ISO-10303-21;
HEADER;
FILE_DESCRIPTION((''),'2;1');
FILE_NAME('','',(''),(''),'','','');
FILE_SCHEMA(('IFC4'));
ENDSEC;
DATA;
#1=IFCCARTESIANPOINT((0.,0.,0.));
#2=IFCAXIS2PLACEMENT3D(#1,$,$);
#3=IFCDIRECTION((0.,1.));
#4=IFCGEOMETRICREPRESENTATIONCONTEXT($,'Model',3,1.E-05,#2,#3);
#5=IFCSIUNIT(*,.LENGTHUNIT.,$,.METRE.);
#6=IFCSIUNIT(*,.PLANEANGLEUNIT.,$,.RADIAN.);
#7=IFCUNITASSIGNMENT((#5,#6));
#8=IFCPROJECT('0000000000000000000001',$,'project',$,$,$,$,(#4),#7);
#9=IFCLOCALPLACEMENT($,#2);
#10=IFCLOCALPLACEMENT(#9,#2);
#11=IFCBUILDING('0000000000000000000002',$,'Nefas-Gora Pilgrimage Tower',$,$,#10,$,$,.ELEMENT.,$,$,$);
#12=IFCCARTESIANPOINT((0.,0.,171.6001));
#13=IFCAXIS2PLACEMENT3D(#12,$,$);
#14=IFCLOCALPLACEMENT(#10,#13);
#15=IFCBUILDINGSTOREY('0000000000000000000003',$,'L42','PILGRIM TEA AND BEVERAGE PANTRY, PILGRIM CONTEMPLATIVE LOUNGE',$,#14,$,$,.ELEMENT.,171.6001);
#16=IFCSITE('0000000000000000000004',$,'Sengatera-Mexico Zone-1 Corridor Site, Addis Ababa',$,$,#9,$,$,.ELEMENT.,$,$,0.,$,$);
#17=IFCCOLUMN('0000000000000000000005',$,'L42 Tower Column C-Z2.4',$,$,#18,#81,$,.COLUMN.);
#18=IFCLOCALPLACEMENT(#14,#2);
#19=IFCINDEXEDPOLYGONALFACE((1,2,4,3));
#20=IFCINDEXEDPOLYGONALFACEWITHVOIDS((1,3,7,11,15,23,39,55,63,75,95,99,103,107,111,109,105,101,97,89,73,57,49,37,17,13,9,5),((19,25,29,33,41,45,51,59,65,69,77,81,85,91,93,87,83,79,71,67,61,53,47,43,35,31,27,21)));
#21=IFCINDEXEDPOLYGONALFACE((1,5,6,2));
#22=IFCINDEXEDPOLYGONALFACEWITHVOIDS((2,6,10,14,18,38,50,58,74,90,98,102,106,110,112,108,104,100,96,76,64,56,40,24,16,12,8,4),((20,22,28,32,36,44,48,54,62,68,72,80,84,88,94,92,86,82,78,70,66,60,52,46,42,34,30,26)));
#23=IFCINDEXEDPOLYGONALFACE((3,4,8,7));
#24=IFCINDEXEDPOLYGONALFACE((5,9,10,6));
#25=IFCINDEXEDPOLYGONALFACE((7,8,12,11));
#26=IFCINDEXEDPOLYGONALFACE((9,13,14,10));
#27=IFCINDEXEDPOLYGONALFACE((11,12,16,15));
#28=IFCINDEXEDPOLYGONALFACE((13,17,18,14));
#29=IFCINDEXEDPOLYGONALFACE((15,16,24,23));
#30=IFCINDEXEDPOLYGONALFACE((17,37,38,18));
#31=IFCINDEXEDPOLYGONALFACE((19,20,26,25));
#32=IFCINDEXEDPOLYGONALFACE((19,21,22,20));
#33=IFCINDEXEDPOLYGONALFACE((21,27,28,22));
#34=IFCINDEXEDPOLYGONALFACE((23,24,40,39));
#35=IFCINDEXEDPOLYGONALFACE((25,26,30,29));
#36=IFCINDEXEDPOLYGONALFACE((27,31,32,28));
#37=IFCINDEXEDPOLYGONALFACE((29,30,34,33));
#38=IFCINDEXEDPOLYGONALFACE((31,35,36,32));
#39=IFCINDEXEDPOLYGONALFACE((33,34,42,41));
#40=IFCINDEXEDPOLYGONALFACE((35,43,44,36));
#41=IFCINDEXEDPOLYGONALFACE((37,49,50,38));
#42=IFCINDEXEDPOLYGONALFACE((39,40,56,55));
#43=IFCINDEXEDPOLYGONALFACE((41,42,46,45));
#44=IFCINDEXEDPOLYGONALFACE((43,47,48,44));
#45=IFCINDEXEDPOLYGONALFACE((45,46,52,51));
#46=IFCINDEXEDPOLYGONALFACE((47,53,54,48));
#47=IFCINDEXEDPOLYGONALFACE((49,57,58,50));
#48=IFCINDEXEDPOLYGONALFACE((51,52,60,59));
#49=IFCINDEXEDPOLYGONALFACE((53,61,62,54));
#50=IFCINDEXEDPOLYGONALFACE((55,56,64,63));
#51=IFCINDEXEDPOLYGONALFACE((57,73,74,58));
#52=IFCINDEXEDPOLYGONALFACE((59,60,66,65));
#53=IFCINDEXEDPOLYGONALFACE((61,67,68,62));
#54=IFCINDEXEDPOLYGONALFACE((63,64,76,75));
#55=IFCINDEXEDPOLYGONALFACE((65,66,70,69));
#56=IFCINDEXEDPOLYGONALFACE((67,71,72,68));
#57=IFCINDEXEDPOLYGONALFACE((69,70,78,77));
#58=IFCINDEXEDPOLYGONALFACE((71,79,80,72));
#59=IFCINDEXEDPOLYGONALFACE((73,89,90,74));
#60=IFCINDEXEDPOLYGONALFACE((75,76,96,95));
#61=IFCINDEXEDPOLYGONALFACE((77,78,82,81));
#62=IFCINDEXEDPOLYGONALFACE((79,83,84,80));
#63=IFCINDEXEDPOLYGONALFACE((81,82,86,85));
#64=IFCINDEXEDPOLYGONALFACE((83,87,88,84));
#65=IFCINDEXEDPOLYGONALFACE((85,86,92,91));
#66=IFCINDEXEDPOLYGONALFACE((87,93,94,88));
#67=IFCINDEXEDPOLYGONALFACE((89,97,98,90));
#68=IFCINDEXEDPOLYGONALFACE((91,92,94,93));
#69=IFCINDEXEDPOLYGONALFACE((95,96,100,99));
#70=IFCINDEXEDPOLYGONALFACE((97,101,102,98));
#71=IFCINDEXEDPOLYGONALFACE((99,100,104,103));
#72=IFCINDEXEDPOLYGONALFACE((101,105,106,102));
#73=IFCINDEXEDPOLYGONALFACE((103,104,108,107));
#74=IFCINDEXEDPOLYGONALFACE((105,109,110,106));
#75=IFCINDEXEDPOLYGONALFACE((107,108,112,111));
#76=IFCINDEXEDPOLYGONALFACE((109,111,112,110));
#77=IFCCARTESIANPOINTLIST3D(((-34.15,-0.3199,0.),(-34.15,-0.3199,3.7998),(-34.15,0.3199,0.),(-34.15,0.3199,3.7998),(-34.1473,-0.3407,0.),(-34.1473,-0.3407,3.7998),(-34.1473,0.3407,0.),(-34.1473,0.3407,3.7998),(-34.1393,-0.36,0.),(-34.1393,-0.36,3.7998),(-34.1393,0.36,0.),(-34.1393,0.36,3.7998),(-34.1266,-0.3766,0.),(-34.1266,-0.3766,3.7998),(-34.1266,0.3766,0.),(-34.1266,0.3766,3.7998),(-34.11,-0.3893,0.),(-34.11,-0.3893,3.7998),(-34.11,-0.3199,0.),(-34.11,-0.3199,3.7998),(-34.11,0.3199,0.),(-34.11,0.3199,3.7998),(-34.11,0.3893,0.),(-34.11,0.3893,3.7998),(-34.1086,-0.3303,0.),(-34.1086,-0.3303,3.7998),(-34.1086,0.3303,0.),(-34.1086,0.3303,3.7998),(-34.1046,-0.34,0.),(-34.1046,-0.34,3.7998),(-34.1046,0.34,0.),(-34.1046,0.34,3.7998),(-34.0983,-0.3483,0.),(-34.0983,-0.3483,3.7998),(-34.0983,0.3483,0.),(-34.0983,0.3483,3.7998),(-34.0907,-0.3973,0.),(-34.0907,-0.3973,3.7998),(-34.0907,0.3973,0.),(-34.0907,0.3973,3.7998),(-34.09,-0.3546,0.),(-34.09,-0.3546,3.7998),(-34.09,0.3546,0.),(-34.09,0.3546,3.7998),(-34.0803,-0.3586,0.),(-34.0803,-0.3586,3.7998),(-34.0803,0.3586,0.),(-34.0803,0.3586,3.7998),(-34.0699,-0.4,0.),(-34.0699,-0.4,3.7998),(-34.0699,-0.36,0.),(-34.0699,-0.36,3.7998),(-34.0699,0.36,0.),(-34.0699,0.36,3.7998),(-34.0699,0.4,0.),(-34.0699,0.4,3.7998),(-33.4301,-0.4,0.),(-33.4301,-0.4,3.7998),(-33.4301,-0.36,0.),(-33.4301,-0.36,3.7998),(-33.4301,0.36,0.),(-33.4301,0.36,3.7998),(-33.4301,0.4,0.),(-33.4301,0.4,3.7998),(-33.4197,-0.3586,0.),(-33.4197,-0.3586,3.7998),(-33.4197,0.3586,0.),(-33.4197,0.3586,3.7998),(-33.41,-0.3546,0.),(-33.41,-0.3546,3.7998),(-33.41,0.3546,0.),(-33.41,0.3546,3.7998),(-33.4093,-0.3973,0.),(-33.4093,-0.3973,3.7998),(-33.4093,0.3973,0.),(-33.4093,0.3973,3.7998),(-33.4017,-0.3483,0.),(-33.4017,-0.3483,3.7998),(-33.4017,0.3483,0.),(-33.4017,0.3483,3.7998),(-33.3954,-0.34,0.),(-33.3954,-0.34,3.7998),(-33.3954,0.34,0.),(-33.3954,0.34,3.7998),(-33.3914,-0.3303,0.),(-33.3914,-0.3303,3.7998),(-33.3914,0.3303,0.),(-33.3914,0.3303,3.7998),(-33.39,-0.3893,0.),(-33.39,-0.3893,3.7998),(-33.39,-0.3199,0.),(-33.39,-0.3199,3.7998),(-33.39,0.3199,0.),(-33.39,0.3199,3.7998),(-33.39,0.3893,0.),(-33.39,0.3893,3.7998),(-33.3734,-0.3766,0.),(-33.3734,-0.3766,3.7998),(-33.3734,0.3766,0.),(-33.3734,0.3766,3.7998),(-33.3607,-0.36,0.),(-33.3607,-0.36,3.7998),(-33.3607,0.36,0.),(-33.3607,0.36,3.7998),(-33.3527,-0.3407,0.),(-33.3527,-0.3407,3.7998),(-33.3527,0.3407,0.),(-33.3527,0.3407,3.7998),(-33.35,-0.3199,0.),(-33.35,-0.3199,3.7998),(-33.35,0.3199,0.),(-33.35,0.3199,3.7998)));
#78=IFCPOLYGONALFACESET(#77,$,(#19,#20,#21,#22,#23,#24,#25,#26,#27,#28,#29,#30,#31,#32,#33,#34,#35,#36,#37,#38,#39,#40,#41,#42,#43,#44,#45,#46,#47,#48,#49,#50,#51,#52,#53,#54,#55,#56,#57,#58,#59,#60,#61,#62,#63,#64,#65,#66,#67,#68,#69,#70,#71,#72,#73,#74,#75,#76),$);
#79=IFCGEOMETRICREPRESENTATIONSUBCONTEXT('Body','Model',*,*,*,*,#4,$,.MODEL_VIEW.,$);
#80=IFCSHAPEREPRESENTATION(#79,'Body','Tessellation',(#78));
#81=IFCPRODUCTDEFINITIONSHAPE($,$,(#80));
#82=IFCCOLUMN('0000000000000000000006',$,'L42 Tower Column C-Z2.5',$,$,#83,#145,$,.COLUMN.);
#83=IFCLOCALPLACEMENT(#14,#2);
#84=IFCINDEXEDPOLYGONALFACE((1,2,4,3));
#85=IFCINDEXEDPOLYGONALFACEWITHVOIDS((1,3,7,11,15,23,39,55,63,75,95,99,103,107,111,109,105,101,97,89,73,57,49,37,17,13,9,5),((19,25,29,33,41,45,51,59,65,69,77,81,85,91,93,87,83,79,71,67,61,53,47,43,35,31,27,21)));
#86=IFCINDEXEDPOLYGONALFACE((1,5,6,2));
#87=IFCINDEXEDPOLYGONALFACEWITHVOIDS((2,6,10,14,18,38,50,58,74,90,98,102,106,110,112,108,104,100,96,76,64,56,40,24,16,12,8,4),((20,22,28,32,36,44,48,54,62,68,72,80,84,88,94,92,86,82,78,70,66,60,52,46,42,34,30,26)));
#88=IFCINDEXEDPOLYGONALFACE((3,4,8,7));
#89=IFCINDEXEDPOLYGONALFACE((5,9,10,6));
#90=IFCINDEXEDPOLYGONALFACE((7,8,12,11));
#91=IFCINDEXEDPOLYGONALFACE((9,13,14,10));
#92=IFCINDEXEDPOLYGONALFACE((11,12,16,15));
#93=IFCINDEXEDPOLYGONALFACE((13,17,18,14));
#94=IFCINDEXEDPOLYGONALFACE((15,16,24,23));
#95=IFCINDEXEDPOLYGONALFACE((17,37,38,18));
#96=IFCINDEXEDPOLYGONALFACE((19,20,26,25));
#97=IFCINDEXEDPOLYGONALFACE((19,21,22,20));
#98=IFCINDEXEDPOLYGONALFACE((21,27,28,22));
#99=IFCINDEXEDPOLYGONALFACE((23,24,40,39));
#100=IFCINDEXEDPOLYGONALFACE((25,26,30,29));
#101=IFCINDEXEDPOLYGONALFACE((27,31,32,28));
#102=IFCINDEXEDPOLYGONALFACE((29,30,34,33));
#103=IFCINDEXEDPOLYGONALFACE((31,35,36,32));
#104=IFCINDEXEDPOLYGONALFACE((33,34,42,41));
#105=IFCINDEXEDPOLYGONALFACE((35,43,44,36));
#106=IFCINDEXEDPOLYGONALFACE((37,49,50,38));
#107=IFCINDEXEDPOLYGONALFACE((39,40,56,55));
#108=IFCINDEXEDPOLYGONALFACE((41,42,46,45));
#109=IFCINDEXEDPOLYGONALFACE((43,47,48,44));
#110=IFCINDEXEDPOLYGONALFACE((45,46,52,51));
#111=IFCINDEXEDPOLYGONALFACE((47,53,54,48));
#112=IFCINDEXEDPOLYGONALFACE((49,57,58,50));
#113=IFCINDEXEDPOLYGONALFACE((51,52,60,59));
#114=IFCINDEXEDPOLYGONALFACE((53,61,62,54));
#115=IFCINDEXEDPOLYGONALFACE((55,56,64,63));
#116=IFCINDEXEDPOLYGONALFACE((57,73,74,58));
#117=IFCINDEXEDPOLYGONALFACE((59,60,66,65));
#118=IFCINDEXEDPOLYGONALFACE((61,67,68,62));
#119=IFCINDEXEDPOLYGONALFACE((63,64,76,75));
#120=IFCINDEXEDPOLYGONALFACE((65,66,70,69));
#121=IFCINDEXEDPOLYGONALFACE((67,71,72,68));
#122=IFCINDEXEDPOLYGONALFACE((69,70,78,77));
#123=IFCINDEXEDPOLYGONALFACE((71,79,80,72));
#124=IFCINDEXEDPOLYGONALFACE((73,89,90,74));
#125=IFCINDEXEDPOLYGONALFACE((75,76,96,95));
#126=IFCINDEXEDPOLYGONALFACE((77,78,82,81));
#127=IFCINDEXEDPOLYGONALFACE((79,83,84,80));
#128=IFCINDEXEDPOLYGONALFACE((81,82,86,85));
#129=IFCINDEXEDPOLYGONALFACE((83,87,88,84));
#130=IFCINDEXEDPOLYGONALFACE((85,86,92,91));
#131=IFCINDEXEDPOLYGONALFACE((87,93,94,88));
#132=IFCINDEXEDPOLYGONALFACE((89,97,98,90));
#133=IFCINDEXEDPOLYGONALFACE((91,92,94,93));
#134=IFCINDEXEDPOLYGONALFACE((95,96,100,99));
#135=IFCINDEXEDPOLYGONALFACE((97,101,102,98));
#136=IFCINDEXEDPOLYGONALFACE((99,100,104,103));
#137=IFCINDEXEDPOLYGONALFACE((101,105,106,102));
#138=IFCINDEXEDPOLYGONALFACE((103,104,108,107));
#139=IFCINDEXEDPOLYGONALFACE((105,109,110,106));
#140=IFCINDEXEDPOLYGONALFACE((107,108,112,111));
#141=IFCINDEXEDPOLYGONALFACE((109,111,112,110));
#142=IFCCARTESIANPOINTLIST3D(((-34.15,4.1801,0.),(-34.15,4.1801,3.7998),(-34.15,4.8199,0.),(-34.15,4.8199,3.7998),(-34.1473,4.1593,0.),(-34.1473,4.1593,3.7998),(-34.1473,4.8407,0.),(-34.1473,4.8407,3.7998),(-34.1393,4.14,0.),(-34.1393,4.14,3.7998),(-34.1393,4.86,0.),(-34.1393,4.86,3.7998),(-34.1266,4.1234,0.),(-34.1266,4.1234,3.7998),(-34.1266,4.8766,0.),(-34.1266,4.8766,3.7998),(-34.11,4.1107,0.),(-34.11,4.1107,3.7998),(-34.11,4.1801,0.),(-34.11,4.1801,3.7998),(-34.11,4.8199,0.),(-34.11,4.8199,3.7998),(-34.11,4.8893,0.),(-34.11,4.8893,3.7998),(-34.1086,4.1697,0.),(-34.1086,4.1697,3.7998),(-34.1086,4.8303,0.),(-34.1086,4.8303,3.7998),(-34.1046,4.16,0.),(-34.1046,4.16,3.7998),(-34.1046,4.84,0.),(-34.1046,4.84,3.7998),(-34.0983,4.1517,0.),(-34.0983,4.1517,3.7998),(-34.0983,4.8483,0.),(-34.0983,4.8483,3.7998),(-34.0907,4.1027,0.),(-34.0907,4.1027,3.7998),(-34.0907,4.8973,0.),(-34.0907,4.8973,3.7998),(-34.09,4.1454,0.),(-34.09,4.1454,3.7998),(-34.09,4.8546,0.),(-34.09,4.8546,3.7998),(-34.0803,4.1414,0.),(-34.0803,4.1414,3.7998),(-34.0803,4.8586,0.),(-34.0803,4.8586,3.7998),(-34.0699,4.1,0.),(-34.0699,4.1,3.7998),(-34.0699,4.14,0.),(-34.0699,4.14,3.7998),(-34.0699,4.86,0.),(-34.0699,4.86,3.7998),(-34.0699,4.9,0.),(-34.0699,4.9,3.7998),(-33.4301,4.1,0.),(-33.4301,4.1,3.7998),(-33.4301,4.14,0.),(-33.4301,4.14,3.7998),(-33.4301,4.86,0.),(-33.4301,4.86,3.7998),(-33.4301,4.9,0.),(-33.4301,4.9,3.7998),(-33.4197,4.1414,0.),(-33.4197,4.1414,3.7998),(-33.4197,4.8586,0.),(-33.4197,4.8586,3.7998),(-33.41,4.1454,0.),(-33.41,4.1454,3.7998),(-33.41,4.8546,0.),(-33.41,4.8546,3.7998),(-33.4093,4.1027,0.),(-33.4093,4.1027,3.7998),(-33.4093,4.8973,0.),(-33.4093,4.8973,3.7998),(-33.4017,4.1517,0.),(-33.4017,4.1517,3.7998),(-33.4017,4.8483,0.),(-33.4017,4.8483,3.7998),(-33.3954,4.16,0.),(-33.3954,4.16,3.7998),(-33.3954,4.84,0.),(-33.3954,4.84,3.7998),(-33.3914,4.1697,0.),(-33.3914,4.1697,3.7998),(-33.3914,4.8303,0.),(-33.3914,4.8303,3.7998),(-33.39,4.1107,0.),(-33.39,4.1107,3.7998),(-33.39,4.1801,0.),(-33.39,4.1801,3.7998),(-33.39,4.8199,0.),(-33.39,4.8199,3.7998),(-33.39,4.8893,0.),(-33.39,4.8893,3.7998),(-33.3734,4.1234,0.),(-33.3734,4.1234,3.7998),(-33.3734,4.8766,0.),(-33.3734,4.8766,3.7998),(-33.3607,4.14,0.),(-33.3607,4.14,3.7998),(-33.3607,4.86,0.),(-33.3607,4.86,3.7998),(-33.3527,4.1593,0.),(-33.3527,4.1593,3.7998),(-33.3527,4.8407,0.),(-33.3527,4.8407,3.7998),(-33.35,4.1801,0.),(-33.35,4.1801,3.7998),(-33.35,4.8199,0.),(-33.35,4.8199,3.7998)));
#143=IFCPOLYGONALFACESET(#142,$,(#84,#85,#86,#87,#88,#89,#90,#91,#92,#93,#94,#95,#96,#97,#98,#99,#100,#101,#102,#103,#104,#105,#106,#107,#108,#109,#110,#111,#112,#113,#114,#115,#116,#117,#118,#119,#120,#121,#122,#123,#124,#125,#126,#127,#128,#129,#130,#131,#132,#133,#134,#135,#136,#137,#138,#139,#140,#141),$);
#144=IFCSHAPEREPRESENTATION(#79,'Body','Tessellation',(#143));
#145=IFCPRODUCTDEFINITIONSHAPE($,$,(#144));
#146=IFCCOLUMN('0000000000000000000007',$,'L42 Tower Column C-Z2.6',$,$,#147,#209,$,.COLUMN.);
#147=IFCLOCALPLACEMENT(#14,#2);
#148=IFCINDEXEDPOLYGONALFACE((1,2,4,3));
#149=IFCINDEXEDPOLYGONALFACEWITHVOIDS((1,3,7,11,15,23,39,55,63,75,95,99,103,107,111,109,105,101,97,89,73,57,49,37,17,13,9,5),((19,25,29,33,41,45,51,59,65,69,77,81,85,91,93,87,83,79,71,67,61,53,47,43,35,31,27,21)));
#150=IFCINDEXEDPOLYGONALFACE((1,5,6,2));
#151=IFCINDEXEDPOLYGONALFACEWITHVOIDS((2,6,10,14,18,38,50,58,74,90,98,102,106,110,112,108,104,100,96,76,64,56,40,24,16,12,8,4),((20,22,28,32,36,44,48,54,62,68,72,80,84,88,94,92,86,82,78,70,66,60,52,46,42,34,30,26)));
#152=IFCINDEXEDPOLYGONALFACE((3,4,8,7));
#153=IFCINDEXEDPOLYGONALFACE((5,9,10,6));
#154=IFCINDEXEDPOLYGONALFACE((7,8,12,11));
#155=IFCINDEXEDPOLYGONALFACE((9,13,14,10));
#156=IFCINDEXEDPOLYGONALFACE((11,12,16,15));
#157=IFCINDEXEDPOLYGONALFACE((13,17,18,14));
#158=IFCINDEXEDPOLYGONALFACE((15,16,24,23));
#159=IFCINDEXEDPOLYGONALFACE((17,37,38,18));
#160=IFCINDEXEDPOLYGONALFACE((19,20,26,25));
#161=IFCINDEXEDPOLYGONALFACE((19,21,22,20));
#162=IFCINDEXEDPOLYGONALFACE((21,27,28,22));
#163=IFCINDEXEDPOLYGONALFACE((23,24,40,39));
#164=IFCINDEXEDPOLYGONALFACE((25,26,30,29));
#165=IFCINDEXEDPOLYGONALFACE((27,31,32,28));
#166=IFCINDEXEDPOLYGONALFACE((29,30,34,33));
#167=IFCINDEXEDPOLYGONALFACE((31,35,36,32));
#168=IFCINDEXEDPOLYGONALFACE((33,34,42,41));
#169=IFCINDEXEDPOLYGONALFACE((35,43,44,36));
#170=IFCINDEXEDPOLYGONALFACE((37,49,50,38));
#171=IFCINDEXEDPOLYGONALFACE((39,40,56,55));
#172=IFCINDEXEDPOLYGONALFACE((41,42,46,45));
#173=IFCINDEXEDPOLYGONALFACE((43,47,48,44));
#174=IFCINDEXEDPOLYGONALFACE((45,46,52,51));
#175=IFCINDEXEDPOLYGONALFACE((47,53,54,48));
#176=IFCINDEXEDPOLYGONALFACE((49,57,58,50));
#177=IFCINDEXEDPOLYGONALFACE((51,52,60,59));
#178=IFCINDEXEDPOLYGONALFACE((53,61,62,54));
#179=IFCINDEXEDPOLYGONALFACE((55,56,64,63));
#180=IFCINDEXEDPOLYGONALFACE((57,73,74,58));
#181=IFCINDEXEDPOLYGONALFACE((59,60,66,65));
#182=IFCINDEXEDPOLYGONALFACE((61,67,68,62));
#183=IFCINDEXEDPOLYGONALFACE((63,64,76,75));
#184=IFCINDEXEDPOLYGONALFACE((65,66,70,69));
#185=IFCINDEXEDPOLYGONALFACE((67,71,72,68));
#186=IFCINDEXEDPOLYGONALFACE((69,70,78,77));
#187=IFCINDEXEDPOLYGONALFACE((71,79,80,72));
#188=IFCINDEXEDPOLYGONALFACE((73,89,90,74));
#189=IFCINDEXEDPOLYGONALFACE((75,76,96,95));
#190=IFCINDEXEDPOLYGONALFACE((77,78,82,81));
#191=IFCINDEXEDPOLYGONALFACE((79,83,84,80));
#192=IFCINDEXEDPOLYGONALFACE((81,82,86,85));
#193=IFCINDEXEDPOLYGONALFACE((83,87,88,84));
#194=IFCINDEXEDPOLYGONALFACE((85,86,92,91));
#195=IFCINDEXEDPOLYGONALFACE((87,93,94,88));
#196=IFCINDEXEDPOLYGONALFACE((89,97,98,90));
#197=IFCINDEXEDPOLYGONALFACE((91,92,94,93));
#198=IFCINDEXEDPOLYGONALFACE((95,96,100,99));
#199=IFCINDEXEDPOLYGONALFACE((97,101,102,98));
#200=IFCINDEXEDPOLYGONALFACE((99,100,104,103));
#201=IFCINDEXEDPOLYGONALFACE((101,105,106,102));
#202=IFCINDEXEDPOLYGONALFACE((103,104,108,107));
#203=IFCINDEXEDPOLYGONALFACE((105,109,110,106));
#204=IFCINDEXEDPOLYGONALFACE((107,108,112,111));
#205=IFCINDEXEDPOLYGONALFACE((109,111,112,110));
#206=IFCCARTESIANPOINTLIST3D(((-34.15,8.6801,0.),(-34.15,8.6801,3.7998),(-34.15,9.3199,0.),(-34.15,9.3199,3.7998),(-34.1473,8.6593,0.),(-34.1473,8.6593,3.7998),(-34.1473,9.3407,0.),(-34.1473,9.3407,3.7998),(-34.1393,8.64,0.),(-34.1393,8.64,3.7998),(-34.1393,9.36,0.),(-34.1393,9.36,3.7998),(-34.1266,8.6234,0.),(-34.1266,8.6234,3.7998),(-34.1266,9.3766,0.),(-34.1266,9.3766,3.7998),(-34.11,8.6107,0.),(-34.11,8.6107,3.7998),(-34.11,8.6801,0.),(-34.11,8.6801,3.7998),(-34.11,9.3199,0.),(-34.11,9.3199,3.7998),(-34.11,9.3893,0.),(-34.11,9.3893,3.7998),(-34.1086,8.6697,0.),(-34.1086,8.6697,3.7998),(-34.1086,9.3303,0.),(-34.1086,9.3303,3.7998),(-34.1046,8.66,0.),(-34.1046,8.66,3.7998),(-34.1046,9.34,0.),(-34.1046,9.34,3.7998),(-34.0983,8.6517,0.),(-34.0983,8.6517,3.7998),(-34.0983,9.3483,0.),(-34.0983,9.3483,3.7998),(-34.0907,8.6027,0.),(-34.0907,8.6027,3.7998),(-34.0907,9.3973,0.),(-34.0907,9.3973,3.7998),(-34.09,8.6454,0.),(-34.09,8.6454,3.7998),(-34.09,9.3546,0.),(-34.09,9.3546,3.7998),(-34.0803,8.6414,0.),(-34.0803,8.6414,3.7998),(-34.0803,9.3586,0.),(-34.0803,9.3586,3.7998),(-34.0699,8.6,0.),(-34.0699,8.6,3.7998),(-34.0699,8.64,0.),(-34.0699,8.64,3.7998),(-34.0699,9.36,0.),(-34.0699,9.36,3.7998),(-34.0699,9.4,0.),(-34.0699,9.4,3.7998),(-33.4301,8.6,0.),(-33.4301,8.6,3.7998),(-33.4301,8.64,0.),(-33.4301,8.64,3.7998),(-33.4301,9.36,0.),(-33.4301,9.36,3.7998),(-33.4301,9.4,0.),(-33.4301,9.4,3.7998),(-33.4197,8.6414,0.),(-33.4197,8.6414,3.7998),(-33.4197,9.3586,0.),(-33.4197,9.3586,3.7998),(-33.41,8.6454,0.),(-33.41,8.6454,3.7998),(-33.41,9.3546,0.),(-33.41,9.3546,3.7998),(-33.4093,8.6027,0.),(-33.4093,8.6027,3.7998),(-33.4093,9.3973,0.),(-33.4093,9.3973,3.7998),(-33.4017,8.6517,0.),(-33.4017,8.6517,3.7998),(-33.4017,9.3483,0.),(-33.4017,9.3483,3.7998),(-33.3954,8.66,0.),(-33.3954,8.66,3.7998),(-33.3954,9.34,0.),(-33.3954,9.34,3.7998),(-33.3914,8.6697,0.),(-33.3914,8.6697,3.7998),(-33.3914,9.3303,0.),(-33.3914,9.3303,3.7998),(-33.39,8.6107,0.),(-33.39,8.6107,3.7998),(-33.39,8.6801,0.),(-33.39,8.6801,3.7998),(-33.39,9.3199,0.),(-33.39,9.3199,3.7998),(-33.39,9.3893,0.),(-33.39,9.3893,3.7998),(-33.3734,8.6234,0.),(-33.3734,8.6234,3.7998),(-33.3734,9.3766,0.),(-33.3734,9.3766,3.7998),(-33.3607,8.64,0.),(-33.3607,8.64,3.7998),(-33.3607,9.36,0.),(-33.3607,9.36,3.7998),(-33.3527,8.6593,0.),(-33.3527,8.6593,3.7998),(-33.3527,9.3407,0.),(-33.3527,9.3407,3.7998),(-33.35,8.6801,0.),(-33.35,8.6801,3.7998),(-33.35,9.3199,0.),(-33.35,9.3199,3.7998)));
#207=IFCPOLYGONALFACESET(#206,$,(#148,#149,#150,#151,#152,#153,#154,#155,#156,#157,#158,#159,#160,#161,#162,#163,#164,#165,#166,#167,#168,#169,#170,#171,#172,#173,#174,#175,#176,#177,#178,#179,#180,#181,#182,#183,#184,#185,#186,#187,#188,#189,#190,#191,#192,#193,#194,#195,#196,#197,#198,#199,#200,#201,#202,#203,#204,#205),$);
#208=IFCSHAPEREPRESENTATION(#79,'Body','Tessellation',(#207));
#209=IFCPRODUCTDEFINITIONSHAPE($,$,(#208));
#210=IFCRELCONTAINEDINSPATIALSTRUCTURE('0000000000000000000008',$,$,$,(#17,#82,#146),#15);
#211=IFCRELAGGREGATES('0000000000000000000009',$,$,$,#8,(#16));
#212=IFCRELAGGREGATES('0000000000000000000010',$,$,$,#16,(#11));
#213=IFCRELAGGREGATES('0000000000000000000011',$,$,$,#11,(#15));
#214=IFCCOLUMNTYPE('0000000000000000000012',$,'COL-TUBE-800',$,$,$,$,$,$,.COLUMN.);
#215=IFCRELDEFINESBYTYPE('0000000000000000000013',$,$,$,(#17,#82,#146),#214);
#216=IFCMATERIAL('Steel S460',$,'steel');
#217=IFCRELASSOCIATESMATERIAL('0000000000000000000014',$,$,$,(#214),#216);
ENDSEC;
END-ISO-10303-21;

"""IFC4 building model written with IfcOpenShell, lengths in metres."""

from ifc_helpers import new_model, si_unit, direction, frame, origin, origin_2d, place, context, subcontext, project, spatial, hollow_rectangle, extrude, source, transform, mapped, material, material_profile, profile_set, type_object, element, save


model = new_model("IFC4")

# Units and contexts
model_context = context("Model", 3, precision=1e-05, world=origin(), true_north=direction((0.0, 1.0)))
body_context = subcontext(model_context, "Body", "Model", "MODEL_VIEW")
ifc_project = project(units=[si_unit("LENGTHUNIT", "METRE"), si_unit("PLANEANGLEUNIT", "RADIAN")], contexts=[model_context])

# Site, building, storey
site_placement = place(None, origin())
site = spatial("IfcSite", under=ifc_project, at=site_placement, Name="Sengatera-Mexico Zone-1 Corridor Site, Addis Ababa", CompositionType="ELEMENT", RefElevation=0.0)
building_placement = place(site_placement, origin())
building = spatial("IfcBuilding", under=site, at=building_placement, Name="Nefas-Gora Pilgrimage Tower", CompositionType="ELEMENT")
storey_placement = place(building_placement, frame((0.0, 0.0, 171.6001)))
storey = spatial("IfcBuildingStorey", under=building, at=storey_placement, Name="L42", Description="PILGRIM TEA AND BEVERAGE PANTRY, PILGRIM CONTEMPLATIVE LOUNGE", CompositionType="ELEMENT", Elevation=171.6001)

# Columns
ifc_material_1 = material(Name="Steel S460", Category="steel")
ifc_material_profile_1 = material_profile(ifc_material_1, hollow_rectangle(XDim=0.8, YDim=0.8, WallThickness=0.04, InnerFilletRadius=0.04, OuterFilletRadius=0.0801, at=origin_2d()), Name="BOX 800x800x40")
ifc_profile_set_1 = profile_set([ifc_material_profile_1], Name="Steel S460")
column_type_1 = type_object("IfcColumnType", Name="COL-TUBE-800", PredefinedType="COLUMN", material=ifc_profile_set_1)
shared_shape_1 = source(origin(), body_context, "Body", "SweptSolid", [
    extrude(hollow_rectangle(XDim=0.8, YDim=0.8, WallThickness=0.04, InnerFilletRadius=0.04, OuterFilletRadius=0.0801, at=origin_2d()), origin(), (0.0, 0.0, 1.0), 3.7998),
])
for number, where, z_axis, x_axis, name in (
    (1, (-33.75, 0.0, 0.0), (0.0, 0.0, 1.0), (1.0, 0.0, 0.0), "L42 Tower Column C-Z2.4"),
    (2, (-33.75, 4.5, 0.0), (0.0, 0.0, 1.0), (1.0, 0.0, 0.0), "L42 Tower Column C-Z2.5"),
    (3, (-33.75, 9.0, 0.0), (0.0, 0.0, 1.0), (1.0, 0.0, 0.0), "L42 Tower Column C-Z2.6"),
):
    element("IfcColumn", number, at=place(storey_placement, frame(where, z_axis=z_axis, x_axis=x_axis)), inside=storey, type_object=column_type_1, Name=name, PredefinedType="COLUMN", context=body_context, shape_type="MappedRepresentation", body=[
        mapped(shared_shape_1, transform((0.0, 0.0, 0.0), x_axis=(1.0, 0.0, 0.0), y_axis=(0.0, 1.0, 0.0), z_axis=(0.0, 0.0, 1.0), scale=1.0)),
    ])

save(model, "model.ifc")
